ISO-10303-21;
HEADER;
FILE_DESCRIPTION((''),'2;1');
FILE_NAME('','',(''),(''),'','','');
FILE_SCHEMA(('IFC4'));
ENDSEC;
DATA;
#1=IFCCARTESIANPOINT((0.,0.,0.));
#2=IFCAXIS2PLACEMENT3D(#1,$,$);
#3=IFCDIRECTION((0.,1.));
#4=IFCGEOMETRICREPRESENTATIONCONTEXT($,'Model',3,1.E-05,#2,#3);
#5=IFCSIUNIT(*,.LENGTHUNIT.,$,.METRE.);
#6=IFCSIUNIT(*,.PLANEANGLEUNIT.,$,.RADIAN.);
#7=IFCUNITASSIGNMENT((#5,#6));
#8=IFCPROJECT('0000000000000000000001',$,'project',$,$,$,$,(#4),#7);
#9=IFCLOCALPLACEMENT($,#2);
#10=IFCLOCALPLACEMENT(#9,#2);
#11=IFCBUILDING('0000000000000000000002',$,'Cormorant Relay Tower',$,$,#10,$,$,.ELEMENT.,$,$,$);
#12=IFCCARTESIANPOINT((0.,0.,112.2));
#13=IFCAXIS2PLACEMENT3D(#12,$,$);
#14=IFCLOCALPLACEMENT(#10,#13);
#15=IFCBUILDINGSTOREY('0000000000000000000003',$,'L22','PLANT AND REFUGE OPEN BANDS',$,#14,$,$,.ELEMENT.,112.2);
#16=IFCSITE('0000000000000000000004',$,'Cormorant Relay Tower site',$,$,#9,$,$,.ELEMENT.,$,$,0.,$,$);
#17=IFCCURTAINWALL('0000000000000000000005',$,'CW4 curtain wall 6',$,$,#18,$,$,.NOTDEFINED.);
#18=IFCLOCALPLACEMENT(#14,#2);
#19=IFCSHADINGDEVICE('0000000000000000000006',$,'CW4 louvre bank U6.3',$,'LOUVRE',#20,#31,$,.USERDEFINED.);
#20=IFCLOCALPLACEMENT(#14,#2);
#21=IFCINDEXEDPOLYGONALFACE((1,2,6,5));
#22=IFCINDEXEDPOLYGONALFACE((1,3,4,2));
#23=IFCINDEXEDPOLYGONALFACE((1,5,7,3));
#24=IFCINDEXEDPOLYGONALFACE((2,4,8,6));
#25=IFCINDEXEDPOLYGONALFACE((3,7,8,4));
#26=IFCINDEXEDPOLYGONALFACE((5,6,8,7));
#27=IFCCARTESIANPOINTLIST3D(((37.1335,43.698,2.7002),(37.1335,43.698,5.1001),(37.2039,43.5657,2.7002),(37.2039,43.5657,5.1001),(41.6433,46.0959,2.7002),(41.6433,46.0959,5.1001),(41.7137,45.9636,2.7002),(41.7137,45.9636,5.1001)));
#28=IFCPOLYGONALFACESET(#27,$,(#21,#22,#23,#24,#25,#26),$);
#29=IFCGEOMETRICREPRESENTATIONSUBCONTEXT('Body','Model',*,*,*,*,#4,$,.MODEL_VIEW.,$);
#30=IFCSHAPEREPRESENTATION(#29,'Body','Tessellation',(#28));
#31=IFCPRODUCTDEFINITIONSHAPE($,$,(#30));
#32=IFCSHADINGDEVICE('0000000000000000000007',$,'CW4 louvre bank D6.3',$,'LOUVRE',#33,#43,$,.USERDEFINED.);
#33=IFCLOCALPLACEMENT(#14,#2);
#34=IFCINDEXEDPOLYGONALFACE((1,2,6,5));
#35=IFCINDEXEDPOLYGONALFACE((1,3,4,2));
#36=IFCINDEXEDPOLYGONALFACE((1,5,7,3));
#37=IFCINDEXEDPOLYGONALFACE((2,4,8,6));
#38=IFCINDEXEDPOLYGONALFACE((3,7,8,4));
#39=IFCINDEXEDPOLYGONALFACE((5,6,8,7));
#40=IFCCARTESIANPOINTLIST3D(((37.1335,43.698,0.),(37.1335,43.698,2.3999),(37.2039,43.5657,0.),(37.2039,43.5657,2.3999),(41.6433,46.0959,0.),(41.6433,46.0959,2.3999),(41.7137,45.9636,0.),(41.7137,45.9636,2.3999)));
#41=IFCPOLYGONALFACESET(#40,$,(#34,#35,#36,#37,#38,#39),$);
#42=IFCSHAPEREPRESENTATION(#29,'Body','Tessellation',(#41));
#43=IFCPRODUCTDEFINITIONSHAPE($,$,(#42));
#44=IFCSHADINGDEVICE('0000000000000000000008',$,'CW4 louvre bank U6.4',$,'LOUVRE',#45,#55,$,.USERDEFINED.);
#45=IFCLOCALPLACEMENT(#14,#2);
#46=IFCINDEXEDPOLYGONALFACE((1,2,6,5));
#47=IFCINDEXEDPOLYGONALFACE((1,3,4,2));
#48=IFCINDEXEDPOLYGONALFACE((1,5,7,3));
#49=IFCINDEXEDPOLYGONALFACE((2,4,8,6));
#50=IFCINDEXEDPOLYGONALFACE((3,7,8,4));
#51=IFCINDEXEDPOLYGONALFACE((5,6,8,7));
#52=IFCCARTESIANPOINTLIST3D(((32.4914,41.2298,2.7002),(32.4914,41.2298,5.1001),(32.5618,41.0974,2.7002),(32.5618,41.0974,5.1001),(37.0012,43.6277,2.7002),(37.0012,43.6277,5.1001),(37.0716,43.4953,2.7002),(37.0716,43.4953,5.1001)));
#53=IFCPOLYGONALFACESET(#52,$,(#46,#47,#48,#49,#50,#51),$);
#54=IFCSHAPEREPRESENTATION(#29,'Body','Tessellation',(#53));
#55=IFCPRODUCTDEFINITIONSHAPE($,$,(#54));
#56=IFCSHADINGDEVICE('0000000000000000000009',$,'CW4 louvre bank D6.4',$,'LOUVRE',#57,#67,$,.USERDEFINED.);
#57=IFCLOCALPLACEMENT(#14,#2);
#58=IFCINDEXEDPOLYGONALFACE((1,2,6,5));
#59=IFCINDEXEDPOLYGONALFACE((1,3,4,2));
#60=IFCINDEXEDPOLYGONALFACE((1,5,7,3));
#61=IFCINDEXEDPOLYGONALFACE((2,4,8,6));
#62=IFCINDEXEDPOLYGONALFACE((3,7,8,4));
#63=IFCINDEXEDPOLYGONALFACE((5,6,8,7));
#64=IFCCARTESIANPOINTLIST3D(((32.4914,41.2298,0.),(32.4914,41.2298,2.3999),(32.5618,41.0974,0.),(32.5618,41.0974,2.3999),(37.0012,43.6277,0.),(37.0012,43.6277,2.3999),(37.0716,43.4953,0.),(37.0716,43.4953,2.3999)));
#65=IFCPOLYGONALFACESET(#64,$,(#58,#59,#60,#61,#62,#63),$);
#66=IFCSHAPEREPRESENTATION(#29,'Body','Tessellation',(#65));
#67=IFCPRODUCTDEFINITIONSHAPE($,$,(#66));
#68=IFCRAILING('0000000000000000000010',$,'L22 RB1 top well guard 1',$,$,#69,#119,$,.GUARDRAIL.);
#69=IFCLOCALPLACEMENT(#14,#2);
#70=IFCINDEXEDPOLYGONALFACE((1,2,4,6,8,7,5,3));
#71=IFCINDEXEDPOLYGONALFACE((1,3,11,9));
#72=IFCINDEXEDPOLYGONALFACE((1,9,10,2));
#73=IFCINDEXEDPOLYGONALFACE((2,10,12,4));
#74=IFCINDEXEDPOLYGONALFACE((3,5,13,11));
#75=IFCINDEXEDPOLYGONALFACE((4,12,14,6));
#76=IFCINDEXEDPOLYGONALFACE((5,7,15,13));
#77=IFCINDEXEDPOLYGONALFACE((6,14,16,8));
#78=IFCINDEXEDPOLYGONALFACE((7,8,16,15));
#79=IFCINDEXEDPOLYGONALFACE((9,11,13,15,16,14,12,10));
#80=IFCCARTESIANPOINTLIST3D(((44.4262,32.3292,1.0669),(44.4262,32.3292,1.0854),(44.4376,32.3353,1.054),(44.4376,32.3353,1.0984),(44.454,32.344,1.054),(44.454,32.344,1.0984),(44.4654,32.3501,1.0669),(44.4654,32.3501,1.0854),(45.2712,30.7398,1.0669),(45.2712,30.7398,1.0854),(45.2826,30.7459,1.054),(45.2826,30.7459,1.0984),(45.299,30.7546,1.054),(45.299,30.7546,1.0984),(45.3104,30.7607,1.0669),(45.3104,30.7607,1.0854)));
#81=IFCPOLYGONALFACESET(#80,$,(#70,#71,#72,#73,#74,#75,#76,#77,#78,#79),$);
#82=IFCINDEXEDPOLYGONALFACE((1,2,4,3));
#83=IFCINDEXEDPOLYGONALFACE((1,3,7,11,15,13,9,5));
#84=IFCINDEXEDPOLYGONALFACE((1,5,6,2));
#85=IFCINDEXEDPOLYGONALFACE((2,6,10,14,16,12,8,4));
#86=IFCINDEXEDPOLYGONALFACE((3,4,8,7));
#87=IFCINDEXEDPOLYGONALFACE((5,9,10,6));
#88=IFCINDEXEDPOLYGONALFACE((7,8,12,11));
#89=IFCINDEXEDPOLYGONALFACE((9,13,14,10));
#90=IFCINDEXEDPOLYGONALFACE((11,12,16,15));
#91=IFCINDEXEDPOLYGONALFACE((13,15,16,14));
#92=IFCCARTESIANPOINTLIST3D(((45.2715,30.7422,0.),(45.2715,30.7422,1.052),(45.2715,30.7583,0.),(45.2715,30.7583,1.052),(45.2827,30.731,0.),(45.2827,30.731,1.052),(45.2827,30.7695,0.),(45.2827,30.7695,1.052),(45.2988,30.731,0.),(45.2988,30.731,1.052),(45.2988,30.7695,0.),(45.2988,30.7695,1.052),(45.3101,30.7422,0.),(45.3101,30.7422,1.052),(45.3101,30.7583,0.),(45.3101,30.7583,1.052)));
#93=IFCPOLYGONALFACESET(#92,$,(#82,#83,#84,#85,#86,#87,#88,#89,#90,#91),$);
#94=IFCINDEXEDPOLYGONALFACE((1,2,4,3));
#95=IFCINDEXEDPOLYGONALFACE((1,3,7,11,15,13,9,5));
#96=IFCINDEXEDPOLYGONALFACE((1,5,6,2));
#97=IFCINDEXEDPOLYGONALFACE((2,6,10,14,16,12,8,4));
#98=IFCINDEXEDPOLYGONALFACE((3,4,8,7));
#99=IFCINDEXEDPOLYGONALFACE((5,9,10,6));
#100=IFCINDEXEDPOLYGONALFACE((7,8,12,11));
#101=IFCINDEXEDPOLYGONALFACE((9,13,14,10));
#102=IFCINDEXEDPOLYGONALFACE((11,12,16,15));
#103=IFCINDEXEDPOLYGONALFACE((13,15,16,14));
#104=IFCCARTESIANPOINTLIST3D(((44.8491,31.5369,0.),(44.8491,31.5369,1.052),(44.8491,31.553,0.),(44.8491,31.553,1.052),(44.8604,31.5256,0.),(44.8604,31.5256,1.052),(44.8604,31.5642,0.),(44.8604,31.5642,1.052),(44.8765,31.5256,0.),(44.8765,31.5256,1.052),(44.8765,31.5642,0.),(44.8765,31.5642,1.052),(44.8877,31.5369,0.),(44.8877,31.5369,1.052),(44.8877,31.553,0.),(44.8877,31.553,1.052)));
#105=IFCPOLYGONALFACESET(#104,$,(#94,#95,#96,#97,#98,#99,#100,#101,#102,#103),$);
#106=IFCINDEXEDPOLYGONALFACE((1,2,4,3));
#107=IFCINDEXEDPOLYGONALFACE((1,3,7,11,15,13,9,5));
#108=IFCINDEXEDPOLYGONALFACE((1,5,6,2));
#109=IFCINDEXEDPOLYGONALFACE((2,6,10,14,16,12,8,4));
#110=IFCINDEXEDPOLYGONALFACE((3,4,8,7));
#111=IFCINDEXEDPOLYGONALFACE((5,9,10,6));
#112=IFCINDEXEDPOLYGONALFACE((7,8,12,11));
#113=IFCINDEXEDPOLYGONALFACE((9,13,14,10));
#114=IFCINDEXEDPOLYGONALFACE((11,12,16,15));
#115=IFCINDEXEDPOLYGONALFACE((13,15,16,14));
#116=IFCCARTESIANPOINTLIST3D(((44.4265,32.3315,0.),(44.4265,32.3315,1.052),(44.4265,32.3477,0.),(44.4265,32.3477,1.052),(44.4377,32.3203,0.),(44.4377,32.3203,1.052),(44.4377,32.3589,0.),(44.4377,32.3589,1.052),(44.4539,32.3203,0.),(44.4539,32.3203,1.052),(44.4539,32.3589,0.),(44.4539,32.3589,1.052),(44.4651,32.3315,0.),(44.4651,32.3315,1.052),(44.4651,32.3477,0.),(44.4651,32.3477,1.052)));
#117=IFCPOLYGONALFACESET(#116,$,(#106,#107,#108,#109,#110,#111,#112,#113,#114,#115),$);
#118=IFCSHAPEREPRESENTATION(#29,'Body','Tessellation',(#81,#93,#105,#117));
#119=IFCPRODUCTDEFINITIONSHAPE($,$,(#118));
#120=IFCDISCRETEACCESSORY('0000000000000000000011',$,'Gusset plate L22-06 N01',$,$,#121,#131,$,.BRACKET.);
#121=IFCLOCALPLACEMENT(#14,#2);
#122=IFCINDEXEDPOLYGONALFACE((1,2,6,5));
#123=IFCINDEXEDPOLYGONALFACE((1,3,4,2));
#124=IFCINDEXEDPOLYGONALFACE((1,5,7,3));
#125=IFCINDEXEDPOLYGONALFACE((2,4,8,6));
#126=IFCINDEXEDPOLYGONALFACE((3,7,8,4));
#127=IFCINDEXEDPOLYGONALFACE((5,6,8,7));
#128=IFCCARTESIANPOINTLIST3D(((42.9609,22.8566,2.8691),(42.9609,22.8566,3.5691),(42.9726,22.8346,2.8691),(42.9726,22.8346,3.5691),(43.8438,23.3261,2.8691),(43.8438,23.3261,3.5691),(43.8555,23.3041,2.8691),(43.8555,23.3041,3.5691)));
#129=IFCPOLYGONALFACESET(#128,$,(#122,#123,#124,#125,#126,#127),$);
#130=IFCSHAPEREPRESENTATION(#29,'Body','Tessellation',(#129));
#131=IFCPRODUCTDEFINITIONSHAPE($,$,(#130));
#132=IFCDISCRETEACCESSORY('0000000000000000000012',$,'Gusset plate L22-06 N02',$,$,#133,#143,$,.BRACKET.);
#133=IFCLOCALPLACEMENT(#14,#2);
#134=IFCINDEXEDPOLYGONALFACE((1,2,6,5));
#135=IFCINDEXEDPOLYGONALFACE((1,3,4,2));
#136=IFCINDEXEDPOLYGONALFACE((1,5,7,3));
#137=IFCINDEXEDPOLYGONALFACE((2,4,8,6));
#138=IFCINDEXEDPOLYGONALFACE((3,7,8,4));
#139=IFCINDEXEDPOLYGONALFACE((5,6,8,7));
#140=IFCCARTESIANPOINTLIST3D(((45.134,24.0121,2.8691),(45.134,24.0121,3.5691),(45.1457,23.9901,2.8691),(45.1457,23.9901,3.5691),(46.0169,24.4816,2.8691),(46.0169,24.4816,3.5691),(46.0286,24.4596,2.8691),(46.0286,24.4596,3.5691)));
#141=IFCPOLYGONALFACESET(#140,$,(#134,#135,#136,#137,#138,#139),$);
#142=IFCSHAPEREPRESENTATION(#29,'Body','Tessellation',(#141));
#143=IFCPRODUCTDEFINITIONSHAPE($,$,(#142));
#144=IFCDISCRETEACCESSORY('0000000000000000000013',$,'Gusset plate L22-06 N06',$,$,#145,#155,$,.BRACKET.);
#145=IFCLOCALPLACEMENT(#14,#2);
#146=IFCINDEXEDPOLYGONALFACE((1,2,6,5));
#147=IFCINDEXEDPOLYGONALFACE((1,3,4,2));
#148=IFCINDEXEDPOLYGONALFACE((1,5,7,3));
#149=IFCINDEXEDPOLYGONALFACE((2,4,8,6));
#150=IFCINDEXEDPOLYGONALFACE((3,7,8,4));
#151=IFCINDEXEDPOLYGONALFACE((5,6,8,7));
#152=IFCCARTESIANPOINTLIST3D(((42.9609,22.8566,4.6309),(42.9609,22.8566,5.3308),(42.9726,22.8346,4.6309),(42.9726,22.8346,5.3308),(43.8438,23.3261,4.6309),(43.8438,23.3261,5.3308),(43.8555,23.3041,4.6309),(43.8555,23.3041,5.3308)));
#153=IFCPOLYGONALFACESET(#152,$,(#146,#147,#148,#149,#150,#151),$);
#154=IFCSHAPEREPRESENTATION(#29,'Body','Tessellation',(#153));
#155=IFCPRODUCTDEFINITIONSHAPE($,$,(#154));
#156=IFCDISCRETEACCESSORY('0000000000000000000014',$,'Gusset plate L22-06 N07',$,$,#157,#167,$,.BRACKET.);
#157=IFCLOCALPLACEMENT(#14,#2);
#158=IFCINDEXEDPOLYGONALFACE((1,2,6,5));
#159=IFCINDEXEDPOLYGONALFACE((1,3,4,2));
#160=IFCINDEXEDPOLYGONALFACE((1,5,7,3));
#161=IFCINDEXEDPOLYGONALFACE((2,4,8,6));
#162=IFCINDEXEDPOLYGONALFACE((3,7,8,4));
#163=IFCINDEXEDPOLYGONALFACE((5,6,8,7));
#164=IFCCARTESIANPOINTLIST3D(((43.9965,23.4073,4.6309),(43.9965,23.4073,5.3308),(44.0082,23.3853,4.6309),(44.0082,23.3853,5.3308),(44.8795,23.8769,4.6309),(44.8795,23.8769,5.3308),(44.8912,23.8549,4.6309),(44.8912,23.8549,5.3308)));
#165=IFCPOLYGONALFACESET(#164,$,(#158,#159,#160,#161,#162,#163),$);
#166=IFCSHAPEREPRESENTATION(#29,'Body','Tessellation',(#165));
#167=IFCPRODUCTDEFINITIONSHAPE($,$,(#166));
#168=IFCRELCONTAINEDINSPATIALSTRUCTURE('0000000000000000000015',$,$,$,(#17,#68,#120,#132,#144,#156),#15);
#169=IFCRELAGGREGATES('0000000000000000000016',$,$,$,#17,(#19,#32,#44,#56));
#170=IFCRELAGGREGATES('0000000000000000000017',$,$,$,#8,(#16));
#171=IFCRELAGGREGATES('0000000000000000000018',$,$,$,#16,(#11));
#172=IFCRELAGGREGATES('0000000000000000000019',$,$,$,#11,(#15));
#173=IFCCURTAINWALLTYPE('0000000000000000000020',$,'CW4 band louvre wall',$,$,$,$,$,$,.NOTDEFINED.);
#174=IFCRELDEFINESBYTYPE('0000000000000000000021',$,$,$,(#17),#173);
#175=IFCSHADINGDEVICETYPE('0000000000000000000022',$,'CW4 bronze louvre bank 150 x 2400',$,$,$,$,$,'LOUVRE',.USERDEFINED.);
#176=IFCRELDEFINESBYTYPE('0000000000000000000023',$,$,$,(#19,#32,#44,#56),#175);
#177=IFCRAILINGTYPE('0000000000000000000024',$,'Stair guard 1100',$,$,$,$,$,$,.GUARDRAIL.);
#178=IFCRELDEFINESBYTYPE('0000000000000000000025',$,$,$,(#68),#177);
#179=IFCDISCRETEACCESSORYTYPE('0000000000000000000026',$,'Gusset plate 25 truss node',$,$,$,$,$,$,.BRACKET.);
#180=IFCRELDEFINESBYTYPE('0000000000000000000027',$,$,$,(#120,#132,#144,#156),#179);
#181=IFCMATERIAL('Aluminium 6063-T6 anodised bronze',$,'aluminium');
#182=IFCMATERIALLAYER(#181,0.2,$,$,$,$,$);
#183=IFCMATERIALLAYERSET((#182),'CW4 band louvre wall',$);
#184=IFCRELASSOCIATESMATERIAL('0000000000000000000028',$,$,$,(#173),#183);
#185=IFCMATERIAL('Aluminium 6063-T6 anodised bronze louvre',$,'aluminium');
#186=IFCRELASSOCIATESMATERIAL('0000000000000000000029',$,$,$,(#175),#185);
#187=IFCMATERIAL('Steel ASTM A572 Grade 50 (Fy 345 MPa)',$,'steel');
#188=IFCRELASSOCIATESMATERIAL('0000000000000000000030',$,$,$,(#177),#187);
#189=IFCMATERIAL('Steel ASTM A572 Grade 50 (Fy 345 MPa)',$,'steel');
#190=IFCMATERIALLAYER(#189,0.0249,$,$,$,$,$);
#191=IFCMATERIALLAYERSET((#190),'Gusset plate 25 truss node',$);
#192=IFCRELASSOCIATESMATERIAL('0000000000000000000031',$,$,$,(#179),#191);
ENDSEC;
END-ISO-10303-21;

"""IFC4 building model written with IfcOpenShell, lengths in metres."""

from ifc_helpers import new_model, si_unit, direction, frame, origin, origin_2d, place, context, subcontext, project, spatial, polyline, rectangle, outline, extrude, material, layer, layer_set, type_object, element, aggregate, save


model = new_model("IFC4")

# Units and contexts
model_context = context("Model", 3, precision=1e-05, world=origin(), true_north=direction((0.0, 1.0)))
body_context = subcontext(model_context, "Body", "Model", "MODEL_VIEW")
ifc_project = project(units=[si_unit("LENGTHUNIT", "METRE"), si_unit("PLANEANGLEUNIT", "RADIAN")], contexts=[model_context])

# Site, building, storey
site_placement = place(None, origin())
site = spatial("IfcSite", under=ifc_project, at=site_placement, Name="Cormorant Relay Tower site", CompositionType="ELEMENT", RefElevation=0.0)
building_placement = place(site_placement, origin())
building = spatial("IfcBuilding", under=site, at=building_placement, Name="Cormorant Relay Tower", CompositionType="ELEMENT")
storey_placement = place(building_placement, frame((0.0, 0.0, 112.2)))
storey = spatial("IfcBuildingStorey", under=building, at=storey_placement, Name="L22", Description="PLANT AND REFUGE OPEN BANDS", CompositionType="ELEMENT", Elevation=112.2)

# Curtain wall
ifc_material_1 = material(Name="Aluminium 6063-T6 anodised bronze", Category="aluminium")
ifc_layer_1 = layer(ifc_material_1, 0.2)
ifc_layer_set_1 = layer_set([ifc_layer_1], Name="CW4 band louvre wall")
curtain_wall_type = type_object("IfcCurtainWallType", Name="CW4 band louvre wall", PredefinedType="NOTDEFINED", material=ifc_layer_set_1)
curtain_wall_placement = place(storey_placement, origin())
curtain_wall = element("IfcCurtainWall", 1, at=curtain_wall_placement, inside=storey, type_object=curtain_wall_type, Name="CW4 curtain wall 6", PredefinedType="NOTDEFINED")

# Shading devices
ifc_material_2 = material(Name="Aluminium 6063-T6 anodised bronze louvre", Category="aluminium")
shading_device_type = type_object("IfcShadingDeviceType", Name="CW4 bronze louvre bank 150 x 2400", ElementType="LOUVRE", PredefinedType="USERDEFINED", material=ifc_material_2)
shading_device_1_placement = place(storey_placement, frame((39.4236, 44.8308, 2.7002), z_axis=(0.0, 0.0, 1.0), x_axis=(-0.882948, -0.469472, 0.0)))
shading_device_1 = element("IfcShadingDevice", 2, at=shading_device_1_placement, type_object=shading_device_type, Name="CW4 louvre bank U6.3", ObjectType="LOUVRE", PredefinedType="USERDEFINED", context=body_context, shape_type="SweptSolid", body=[
    extrude(rectangle(XDim=5.1077, YDim=0.1499, at=origin_2d()), origin(), (0.0, 0.0, 1.0), 2.3999),
])
shading_device_2_placement = place(storey_placement, frame((39.4236, 44.8308, 0.0), z_axis=(0.0, 0.0, 1.0), x_axis=(-0.882948, -0.469472, 0.0)))
shading_device_2 = element("IfcShadingDevice", 3, at=shading_device_2_placement, type_object=shading_device_type, Name="CW4 louvre bank D6.3", ObjectType="LOUVRE", PredefinedType="USERDEFINED", context=body_context, shape_type="SweptSolid", body=[
    extrude(rectangle(XDim=5.1077, YDim=0.1499, at=origin_2d()), origin(), (0.0, 0.0, 1.0), 2.3999),
])
shading_device_3_placement = place(storey_placement, frame((34.7815, 42.3625, 2.7002), z_axis=(0.0, 0.0, 1.0), x_axis=(-0.882948, -0.469472, 0.0)))
shading_device_3 = element("IfcShadingDevice", 4, at=shading_device_3_placement, type_object=shading_device_type, Name="CW4 louvre bank U6.4", ObjectType="LOUVRE", PredefinedType="USERDEFINED", context=body_context, shape_type="SweptSolid", body=[
    extrude(rectangle(XDim=5.1077, YDim=0.1499, at=origin_2d()), origin(), (0.0, 0.0, 1.0), 2.3999),
])
shading_device_4_placement = place(storey_placement, frame((34.7815, 42.3625, 0.0), z_axis=(0.0, 0.0, 1.0), x_axis=(-0.882948, -0.469472, 0.0)))
shading_device_4 = element("IfcShadingDevice", 5, at=shading_device_4_placement, type_object=shading_device_type, Name="CW4 louvre bank D6.4", ObjectType="LOUVRE", PredefinedType="USERDEFINED", context=body_context, shape_type="SweptSolid", body=[
    extrude(rectangle(XDim=5.1077, YDim=0.1499, at=origin_2d()), origin(), (0.0, 0.0, 1.0), 2.3999),
])
aggregate(curtain_wall, [shading_device_1, shading_device_2, shading_device_3, shading_device_4])

# Railing
ifc_material_3 = material(Name="Steel ASTM A572 Grade 50 (Fy 345 MPa)", Category="steel")
railing_type = type_object("IfcRailingType", Name="Stair guard 1100", PredefinedType="GUARDRAIL", material=ifc_material_3)
railing_placement = place(storey_placement, frame((45.2908, 30.7502, 0.0)))
element("IfcRailing", 6, at=railing_placement, inside=storey, type_object=railing_type, Name="L22 RB1 top well guard 1", PredefinedType="GUARDRAIL", context=body_context, shape_type="SweptSolid", body=[
    extrude(outline(polyline([(0.0222, 0.0093), (0.0093, 0.0222), (-0.0093, 0.0222), (-0.0222, 0.0093), (-0.0222, -0.0093), (-0.0093, -0.0222), (0.0093, -0.0222), (0.0222, -0.0093), (0.0222, 0.0093)])), frame((0.0, 0.0, 1.0762), z_axis=(-0.469426, 0.882972, 0.0), x_axis=(-0.882972, -0.469426, 0.0)), (0.0, 0.0, 1.0), 1.8),
    extrude(outline(polyline([(0.0193, 0.0081), (0.0081, 0.0193), (-0.0081, 0.0193), (-0.0193, 0.0081), (-0.0193, -0.0081), (-0.0081, -0.0193), (0.0081, -0.0193), (0.0193, -0.0081), (0.0193, 0.0081)])), origin(), (0.0, 0.0, 1.0), 1.052),
    extrude(outline(polyline([(0.0193, 0.0081), (0.0081, 0.0193), (-0.0081, 0.0193), (-0.0193, 0.0081), (-0.0193, -0.0081), (-0.0081, -0.0193), (0.0081, -0.0193), (0.0193, -0.0081), (0.0193, 0.0081)])), frame((-0.4224, 0.7947, 0.0)), (0.0, 0.0, 1.0), 1.052),
    extrude(outline(polyline([(0.0193, 0.0081), (0.0081, 0.0193), (-0.0081, 0.0193), (-0.0193, 0.0081), (-0.0193, -0.0081), (-0.0081, -0.0193), (0.0081, -0.0193), (0.0193, -0.0081), (0.0193, 0.0081)])), frame((-0.845, 1.5894, 0.0)), (0.0, 0.0, 1.0), 1.052),
])

# Discrete accessories
ifc_material_4 = material(Name="Steel ASTM A572 Grade 50 (Fy 345 MPa)", Category="steel")
ifc_layer_2 = layer(ifc_material_4, 0.0249)
ifc_layer_set_2 = layer_set([ifc_layer_2], Name="Gusset plate 25 truss node")
discrete_accessory_type = type_object("IfcDiscreteAccessoryType", Name="Gusset plate 25 truss node", PredefinedType="BRACKET", material=ifc_layer_set_2)
for number, where, z_axis, x_axis, name in (
    (7, (43.4082, 23.0803, 2.8691), (0.0, 0.0, 1.0), (0.882937, 0.469492, 0.0), "Gusset plate L22-06 N01"),
    (8, (45.5813, 24.2358, 2.8691), (0.0, 0.0, 1.0), (0.882927, 0.46951, 0.0), "Gusset plate L22-06 N02"),
    (9, (43.4082, 23.0803, 4.6309), (0.0, 0.0, 1.0), (0.882937, 0.469492, 0.0), "Gusset plate L22-06 N06"),
    (10, (44.4438, 23.6311, 4.6309), (0.0, 0.0, 1.0), (0.882921, 0.469522, 0.0), "Gusset plate L22-06 N07"),
):
    element("IfcDiscreteAccessory", number, at=place(storey_placement, frame(where, z_axis=z_axis, x_axis=x_axis)), inside=storey, type_object=discrete_accessory_type, Name=name, PredefinedType="BRACKET", context=body_context, shape_type="SweptSolid", body=[
        extrude(rectangle(XDim=1.0, YDim=0.0249, at=origin_2d()), origin(), (0.0, 0.0, 1.0), 0.7),
    ])

save(model, "model.ifc")
